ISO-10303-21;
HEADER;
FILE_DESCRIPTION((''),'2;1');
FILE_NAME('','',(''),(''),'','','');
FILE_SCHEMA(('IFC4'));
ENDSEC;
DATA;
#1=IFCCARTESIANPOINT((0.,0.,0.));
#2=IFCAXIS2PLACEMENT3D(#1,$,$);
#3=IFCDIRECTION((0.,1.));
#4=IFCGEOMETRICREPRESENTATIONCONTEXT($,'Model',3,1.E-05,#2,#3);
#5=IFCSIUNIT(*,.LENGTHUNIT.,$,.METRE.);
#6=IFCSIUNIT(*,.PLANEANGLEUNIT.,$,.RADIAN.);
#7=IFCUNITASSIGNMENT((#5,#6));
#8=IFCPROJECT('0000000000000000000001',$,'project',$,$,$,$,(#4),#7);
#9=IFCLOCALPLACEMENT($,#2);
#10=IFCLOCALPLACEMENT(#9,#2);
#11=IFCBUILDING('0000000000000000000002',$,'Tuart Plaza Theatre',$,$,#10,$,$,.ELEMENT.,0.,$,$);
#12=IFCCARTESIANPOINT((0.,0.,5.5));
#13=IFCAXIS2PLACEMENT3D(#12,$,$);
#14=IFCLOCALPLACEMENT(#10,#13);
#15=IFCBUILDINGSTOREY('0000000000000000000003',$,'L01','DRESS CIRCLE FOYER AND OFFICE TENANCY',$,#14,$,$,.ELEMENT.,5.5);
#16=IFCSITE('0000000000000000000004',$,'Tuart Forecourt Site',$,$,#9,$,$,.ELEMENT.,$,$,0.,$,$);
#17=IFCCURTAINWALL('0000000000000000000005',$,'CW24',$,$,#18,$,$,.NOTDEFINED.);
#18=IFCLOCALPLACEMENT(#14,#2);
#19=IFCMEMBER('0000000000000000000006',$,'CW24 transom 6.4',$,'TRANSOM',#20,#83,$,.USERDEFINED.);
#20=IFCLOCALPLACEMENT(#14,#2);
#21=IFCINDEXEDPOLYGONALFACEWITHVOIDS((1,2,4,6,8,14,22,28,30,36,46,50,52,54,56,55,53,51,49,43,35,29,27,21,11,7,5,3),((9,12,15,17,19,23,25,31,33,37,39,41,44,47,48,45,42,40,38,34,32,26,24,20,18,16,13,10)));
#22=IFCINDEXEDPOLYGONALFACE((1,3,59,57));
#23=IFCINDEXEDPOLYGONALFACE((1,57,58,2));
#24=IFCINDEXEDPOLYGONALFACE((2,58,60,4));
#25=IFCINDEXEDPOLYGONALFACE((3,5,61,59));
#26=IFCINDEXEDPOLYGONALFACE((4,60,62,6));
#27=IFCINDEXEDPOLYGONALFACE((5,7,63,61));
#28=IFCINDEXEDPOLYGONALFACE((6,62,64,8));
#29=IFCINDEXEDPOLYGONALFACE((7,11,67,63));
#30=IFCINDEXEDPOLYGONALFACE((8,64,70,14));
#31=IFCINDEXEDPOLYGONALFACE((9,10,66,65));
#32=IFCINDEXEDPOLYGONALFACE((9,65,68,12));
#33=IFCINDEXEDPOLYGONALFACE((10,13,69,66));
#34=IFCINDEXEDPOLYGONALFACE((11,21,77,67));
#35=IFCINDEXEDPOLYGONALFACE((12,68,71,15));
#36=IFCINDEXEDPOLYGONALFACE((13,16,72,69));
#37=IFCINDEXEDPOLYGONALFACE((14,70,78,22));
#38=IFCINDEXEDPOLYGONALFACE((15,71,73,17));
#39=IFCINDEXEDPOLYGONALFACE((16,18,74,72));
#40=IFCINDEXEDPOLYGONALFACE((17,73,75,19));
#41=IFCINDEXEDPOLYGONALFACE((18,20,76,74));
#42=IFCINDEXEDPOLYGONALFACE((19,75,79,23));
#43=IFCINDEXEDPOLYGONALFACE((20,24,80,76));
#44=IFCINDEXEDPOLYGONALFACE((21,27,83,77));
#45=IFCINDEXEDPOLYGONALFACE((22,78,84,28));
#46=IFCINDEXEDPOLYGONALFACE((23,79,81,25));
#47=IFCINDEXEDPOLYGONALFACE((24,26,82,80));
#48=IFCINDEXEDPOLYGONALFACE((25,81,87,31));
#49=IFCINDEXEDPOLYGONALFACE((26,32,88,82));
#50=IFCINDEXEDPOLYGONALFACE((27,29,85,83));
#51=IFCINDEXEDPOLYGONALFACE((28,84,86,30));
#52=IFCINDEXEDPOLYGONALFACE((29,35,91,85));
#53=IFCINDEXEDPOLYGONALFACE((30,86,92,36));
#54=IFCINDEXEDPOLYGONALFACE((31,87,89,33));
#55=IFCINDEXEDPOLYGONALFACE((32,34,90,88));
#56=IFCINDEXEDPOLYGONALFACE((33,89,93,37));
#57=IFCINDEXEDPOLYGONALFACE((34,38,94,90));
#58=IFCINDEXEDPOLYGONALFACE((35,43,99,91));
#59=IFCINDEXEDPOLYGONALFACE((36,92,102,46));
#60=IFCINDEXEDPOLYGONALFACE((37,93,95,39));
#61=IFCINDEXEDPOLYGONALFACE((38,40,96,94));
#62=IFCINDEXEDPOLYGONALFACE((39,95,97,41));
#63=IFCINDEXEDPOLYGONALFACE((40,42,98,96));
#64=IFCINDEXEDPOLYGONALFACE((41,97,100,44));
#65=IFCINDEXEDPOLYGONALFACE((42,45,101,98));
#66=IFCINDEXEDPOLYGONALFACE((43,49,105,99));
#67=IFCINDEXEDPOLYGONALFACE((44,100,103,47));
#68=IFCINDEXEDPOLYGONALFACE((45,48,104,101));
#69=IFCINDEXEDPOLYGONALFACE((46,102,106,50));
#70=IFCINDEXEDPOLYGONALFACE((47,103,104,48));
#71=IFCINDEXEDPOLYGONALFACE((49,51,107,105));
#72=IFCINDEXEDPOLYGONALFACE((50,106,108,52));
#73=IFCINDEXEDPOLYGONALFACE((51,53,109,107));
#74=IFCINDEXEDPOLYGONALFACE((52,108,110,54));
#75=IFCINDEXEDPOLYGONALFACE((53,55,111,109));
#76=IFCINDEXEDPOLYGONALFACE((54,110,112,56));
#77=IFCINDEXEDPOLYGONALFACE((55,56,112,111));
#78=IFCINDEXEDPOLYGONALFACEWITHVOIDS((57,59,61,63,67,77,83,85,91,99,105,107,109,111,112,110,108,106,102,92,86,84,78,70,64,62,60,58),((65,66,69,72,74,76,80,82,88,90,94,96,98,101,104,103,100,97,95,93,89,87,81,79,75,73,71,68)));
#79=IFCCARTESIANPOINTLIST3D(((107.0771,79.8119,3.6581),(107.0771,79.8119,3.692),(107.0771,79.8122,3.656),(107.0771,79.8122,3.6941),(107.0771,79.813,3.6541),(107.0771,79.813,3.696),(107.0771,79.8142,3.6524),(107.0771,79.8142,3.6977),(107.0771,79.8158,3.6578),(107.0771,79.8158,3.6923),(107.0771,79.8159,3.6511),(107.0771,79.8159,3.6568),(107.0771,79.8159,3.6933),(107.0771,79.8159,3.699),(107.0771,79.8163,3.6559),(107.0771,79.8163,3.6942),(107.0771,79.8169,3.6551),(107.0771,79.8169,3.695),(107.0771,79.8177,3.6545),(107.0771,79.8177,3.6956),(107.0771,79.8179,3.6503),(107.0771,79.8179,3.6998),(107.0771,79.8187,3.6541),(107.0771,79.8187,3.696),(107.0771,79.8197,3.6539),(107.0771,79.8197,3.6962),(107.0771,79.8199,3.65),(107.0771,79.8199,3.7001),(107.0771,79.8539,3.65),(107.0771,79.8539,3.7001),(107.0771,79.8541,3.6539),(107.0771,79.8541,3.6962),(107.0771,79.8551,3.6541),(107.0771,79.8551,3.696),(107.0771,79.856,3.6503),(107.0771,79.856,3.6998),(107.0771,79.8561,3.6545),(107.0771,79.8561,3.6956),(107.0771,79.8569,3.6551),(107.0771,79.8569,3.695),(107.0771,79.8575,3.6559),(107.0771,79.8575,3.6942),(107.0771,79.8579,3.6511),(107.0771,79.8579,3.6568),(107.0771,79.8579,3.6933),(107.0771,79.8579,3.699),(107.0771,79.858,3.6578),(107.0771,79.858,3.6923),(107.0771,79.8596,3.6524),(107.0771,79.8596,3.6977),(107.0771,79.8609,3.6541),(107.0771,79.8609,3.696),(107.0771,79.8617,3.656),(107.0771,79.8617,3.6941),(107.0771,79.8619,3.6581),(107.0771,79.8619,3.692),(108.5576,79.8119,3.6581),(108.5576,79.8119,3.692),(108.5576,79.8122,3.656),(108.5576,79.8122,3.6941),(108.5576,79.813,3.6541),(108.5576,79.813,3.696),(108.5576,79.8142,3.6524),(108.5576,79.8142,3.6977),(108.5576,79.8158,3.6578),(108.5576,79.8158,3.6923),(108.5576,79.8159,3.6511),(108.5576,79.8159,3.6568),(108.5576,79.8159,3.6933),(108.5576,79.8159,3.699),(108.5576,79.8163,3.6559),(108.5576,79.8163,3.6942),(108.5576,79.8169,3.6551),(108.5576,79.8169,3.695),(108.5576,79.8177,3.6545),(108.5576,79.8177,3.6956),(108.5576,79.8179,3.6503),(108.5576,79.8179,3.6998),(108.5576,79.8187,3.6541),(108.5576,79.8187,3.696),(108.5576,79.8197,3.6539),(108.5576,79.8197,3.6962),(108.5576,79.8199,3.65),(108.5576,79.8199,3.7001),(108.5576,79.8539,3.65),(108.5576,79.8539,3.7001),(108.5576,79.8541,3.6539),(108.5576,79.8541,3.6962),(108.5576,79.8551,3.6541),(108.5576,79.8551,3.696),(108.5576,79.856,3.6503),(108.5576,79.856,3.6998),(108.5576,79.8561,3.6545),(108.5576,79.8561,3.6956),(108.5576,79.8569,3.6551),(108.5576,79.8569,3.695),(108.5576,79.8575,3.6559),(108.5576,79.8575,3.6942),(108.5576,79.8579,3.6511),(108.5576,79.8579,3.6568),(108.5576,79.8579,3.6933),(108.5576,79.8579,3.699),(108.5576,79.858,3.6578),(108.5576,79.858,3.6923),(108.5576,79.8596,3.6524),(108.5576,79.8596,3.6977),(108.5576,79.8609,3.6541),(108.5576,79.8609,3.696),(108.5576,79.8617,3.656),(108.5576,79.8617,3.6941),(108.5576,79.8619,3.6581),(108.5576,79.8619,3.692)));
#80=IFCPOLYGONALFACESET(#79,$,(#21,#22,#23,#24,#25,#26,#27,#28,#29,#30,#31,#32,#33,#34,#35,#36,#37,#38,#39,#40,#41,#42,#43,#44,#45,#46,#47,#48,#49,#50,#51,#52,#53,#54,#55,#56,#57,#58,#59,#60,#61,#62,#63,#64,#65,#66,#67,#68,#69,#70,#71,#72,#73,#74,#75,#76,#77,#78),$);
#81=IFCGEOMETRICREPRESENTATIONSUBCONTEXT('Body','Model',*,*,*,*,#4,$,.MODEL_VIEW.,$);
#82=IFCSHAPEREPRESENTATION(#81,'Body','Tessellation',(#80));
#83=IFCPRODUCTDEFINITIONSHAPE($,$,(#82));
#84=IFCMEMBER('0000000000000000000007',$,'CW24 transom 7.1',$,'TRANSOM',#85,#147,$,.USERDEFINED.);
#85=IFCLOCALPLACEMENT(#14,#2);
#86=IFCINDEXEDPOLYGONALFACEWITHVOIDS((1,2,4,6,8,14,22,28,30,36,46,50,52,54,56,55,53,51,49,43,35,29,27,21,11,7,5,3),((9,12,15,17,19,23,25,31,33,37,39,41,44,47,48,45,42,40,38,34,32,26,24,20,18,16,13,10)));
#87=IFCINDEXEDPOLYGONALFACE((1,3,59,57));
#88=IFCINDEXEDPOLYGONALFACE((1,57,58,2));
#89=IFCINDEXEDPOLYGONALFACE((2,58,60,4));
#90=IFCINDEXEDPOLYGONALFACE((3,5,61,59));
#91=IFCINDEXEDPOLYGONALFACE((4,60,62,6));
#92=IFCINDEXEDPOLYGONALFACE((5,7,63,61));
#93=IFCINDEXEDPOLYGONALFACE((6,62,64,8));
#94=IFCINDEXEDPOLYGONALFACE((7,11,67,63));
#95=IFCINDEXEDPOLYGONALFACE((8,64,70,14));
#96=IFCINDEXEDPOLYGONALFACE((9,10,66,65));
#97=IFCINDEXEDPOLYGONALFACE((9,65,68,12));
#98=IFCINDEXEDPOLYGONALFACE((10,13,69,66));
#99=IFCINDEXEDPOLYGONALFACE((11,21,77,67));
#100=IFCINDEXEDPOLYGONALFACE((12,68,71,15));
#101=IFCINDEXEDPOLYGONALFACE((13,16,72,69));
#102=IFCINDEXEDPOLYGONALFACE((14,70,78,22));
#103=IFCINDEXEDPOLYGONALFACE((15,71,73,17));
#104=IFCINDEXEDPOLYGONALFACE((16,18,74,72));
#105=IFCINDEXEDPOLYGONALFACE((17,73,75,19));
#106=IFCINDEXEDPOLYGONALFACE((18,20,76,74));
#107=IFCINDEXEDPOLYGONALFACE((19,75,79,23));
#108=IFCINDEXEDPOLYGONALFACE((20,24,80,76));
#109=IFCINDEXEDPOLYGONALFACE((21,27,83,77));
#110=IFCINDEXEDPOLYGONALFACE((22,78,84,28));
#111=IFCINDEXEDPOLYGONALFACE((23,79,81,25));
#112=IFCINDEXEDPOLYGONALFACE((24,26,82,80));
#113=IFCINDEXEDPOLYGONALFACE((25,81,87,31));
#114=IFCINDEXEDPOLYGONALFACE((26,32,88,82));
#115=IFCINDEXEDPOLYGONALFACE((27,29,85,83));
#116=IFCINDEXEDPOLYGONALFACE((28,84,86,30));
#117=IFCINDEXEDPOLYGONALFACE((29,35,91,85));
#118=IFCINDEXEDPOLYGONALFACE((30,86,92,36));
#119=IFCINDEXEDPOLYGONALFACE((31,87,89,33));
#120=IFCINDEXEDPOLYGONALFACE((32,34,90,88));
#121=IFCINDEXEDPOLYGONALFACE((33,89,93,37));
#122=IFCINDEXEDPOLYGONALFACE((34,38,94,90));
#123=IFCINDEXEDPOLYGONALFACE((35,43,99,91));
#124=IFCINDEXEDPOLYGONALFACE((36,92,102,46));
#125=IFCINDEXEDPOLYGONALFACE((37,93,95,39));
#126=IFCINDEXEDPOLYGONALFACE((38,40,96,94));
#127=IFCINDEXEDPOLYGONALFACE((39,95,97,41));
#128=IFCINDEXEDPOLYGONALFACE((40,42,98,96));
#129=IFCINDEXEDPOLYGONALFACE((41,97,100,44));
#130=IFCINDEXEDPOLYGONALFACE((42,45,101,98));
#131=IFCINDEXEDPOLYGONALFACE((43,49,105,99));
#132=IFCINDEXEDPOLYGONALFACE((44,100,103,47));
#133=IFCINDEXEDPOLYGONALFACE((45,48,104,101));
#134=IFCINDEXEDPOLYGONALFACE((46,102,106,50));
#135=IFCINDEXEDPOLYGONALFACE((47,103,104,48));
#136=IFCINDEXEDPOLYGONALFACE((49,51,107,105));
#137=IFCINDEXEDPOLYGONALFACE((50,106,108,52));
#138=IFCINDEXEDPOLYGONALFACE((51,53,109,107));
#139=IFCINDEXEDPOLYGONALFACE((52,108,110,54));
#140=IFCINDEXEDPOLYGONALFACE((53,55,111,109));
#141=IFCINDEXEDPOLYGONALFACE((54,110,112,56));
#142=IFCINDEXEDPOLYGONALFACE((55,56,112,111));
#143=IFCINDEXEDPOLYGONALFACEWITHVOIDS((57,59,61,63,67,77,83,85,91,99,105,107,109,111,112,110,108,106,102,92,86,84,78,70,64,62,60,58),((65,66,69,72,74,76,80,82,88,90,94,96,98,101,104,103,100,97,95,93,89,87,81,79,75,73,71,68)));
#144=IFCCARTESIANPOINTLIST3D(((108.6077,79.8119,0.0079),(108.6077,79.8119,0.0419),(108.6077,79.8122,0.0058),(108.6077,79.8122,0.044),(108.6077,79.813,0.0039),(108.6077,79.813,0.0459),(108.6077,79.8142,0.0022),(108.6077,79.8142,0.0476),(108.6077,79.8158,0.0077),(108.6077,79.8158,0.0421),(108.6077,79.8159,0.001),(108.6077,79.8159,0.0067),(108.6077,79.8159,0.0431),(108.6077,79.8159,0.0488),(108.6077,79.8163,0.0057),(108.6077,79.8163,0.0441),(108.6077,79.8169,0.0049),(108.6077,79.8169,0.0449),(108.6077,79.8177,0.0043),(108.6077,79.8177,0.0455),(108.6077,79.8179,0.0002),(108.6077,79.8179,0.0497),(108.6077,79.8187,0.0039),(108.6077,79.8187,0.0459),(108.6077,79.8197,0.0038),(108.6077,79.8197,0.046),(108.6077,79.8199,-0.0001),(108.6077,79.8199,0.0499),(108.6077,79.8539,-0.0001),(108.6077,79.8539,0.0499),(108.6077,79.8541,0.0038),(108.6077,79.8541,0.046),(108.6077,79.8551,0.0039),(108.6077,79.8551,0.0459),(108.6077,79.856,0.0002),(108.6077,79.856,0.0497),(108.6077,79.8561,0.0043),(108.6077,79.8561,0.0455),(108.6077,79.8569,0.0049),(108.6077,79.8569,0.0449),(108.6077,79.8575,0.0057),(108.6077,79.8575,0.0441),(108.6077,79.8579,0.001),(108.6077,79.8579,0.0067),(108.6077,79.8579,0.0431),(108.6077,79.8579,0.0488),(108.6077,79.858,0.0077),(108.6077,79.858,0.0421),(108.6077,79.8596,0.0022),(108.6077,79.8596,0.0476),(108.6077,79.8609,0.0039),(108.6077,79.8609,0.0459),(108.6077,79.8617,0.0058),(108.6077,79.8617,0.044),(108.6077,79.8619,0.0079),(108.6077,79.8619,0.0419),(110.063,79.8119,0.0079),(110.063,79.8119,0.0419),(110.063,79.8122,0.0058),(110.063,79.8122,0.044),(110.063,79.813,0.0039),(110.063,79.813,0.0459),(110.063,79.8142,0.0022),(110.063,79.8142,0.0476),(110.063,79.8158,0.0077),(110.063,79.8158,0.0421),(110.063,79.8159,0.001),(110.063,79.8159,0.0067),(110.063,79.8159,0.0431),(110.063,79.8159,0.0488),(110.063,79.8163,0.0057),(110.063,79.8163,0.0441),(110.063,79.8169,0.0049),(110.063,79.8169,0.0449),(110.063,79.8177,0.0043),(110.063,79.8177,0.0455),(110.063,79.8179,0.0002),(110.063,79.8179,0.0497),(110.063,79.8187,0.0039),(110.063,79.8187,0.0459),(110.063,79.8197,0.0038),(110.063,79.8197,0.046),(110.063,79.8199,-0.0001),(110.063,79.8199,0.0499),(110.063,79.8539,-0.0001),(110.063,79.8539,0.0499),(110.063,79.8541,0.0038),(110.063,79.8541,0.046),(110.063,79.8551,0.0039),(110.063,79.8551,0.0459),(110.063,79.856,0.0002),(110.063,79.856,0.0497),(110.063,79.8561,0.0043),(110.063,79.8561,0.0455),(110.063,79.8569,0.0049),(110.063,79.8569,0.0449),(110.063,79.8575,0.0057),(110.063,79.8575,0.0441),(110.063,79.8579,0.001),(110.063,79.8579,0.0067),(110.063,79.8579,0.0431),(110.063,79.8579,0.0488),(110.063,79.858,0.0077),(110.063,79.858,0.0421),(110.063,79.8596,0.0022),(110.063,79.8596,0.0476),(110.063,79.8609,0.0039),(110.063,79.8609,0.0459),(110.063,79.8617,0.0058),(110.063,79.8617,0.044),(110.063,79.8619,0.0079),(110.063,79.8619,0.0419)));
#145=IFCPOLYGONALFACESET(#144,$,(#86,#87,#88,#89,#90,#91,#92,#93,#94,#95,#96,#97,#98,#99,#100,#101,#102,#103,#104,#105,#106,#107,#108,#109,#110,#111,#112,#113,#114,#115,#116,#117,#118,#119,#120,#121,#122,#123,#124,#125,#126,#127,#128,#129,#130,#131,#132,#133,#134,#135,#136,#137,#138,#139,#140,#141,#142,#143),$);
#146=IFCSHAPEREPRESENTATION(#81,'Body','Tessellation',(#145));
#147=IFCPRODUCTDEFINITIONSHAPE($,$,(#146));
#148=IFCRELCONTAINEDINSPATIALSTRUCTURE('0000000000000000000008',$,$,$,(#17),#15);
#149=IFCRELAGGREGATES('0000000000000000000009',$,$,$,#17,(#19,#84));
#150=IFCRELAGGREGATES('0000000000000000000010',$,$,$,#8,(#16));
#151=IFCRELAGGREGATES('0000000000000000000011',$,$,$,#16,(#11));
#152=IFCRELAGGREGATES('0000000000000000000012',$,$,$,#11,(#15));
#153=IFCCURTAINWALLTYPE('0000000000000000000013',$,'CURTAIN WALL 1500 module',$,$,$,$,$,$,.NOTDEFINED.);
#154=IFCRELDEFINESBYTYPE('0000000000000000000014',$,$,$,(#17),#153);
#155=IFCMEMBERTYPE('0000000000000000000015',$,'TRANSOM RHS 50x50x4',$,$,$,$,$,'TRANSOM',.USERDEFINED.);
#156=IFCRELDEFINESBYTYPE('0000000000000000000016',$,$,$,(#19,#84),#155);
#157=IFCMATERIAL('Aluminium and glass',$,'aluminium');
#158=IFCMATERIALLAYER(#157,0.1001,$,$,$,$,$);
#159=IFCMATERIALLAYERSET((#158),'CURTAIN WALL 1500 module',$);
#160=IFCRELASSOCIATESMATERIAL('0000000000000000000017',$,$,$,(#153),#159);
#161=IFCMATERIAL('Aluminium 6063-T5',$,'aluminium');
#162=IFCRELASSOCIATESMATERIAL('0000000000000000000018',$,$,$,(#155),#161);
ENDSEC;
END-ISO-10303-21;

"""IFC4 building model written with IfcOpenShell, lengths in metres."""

from ifc_helpers import new_model, si_unit, direction, frame, origin, origin_2d, place, context, subcontext, project, spatial, hollow_rectangle, extrude, material, layer, layer_set, material_profile, profile_set, type_object, element, aggregate, save


model = new_model("IFC4")

# Units and contexts
model_context = context("Model", 3, precision=1e-05, world=origin(), true_north=direction((0.0, 1.0)))
body_context = subcontext(model_context, "Body", "Model", "MODEL_VIEW")
ifc_project = project(units=[si_unit("LENGTHUNIT", "METRE"), si_unit("PLANEANGLEUNIT", "RADIAN")], contexts=[model_context])

# Site, building, storey
site_placement = place(None, origin())
site = spatial("IfcSite", under=ifc_project, at=site_placement, Name="Tuart Forecourt Site", CompositionType="ELEMENT", RefElevation=0.0)
building_placement = place(site_placement, origin())
building = spatial("IfcBuilding", under=site, at=building_placement, Name="Tuart Plaza Theatre", CompositionType="ELEMENT", ElevationOfRefHeight=0.0)
storey_placement = place(building_placement, frame((0.0, 0.0, 5.5)))
storey = spatial("IfcBuildingStorey", under=building, at=storey_placement, Name="L01", Description="DRESS CIRCLE FOYER AND OFFICE TENANCY", CompositionType="ELEMENT", Elevation=5.5)

# Curtain wall, members
ifc_material_1 = material(Name="Aluminium and glass", Category="aluminium")
ifc_layer_1 = layer(ifc_material_1, 0.1001)
ifc_layer_set_1 = layer_set([ifc_layer_1], Name="CURTAIN WALL 1500 module")
curtain_wall_type = type_object("IfcCurtainWallType", Name="CURTAIN WALL 1500 module", PredefinedType="NOTDEFINED", material=ifc_layer_set_1)
curtain_wall_placement = place(storey_placement, origin())
curtain_wall = element("IfcCurtainWall", 1, at=curtain_wall_placement, inside=storey, type_object=curtain_wall_type, Name="CW24", PredefinedType="NOTDEFINED")
ifc_material_2 = material(Name="Aluminium 6063-T5", Category="aluminium")
ifc_material_profile_1 = material_profile(ifc_material_2, hollow_rectangle(XDim=0.05, YDim=0.05, WallThickness=0.0039, InnerFilletRadius=0.0039, OuterFilletRadius=0.0081, at=origin_2d()), Name="RHS 50x50x4")
ifc_profile_set_1 = profile_set([ifc_material_profile_1], Name="Aluminium 6063-T5")
member_type_1 = type_object("IfcMemberType", Name="TRANSOM RHS 50x50x4", ElementType="TRANSOM", PredefinedType="USERDEFINED", material=ifc_profile_set_1)
member_1_placement = place(storey_placement, frame((107.0771, 79.8369, 3.675), z_axis=(1.0, 0.0, 0.0), x_axis=(0.0, 1.0, 0.0)))
member_1 = element("IfcMember", 2, at=member_1_placement, type_object=member_type_1, Name="CW24 transom 6.4", ObjectType="TRANSOM", PredefinedType="USERDEFINED", context=body_context, shape_type="SweptSolid", body=[
    extrude(hollow_rectangle(XDim=0.05, YDim=0.05, WallThickness=0.0039, InnerFilletRadius=0.0039, OuterFilletRadius=0.0081, at=origin_2d()), origin(), (0.0, 0.0, 1.0), 1.4805),
])
member_2_placement = place(storey_placement, frame((108.6077, 79.8369, 0.0249), z_axis=(1.0, 0.0, 0.0), x_axis=(0.0, 1.0, 0.0)))
member_2 = element("IfcMember", 3, at=member_2_placement, type_object=member_type_1, Name="CW24 transom 7.1", ObjectType="TRANSOM", PredefinedType="USERDEFINED", context=body_context, shape_type="SweptSolid", body=[
    extrude(hollow_rectangle(XDim=0.05, YDim=0.05, WallThickness=0.0039, InnerFilletRadius=0.0039, OuterFilletRadius=0.0081, at=origin_2d()), origin(), (0.0, 0.0, 1.0), 1.4553),
])
aggregate(curtain_wall, [member_1, member_2])

save(model, "model.ifc")
